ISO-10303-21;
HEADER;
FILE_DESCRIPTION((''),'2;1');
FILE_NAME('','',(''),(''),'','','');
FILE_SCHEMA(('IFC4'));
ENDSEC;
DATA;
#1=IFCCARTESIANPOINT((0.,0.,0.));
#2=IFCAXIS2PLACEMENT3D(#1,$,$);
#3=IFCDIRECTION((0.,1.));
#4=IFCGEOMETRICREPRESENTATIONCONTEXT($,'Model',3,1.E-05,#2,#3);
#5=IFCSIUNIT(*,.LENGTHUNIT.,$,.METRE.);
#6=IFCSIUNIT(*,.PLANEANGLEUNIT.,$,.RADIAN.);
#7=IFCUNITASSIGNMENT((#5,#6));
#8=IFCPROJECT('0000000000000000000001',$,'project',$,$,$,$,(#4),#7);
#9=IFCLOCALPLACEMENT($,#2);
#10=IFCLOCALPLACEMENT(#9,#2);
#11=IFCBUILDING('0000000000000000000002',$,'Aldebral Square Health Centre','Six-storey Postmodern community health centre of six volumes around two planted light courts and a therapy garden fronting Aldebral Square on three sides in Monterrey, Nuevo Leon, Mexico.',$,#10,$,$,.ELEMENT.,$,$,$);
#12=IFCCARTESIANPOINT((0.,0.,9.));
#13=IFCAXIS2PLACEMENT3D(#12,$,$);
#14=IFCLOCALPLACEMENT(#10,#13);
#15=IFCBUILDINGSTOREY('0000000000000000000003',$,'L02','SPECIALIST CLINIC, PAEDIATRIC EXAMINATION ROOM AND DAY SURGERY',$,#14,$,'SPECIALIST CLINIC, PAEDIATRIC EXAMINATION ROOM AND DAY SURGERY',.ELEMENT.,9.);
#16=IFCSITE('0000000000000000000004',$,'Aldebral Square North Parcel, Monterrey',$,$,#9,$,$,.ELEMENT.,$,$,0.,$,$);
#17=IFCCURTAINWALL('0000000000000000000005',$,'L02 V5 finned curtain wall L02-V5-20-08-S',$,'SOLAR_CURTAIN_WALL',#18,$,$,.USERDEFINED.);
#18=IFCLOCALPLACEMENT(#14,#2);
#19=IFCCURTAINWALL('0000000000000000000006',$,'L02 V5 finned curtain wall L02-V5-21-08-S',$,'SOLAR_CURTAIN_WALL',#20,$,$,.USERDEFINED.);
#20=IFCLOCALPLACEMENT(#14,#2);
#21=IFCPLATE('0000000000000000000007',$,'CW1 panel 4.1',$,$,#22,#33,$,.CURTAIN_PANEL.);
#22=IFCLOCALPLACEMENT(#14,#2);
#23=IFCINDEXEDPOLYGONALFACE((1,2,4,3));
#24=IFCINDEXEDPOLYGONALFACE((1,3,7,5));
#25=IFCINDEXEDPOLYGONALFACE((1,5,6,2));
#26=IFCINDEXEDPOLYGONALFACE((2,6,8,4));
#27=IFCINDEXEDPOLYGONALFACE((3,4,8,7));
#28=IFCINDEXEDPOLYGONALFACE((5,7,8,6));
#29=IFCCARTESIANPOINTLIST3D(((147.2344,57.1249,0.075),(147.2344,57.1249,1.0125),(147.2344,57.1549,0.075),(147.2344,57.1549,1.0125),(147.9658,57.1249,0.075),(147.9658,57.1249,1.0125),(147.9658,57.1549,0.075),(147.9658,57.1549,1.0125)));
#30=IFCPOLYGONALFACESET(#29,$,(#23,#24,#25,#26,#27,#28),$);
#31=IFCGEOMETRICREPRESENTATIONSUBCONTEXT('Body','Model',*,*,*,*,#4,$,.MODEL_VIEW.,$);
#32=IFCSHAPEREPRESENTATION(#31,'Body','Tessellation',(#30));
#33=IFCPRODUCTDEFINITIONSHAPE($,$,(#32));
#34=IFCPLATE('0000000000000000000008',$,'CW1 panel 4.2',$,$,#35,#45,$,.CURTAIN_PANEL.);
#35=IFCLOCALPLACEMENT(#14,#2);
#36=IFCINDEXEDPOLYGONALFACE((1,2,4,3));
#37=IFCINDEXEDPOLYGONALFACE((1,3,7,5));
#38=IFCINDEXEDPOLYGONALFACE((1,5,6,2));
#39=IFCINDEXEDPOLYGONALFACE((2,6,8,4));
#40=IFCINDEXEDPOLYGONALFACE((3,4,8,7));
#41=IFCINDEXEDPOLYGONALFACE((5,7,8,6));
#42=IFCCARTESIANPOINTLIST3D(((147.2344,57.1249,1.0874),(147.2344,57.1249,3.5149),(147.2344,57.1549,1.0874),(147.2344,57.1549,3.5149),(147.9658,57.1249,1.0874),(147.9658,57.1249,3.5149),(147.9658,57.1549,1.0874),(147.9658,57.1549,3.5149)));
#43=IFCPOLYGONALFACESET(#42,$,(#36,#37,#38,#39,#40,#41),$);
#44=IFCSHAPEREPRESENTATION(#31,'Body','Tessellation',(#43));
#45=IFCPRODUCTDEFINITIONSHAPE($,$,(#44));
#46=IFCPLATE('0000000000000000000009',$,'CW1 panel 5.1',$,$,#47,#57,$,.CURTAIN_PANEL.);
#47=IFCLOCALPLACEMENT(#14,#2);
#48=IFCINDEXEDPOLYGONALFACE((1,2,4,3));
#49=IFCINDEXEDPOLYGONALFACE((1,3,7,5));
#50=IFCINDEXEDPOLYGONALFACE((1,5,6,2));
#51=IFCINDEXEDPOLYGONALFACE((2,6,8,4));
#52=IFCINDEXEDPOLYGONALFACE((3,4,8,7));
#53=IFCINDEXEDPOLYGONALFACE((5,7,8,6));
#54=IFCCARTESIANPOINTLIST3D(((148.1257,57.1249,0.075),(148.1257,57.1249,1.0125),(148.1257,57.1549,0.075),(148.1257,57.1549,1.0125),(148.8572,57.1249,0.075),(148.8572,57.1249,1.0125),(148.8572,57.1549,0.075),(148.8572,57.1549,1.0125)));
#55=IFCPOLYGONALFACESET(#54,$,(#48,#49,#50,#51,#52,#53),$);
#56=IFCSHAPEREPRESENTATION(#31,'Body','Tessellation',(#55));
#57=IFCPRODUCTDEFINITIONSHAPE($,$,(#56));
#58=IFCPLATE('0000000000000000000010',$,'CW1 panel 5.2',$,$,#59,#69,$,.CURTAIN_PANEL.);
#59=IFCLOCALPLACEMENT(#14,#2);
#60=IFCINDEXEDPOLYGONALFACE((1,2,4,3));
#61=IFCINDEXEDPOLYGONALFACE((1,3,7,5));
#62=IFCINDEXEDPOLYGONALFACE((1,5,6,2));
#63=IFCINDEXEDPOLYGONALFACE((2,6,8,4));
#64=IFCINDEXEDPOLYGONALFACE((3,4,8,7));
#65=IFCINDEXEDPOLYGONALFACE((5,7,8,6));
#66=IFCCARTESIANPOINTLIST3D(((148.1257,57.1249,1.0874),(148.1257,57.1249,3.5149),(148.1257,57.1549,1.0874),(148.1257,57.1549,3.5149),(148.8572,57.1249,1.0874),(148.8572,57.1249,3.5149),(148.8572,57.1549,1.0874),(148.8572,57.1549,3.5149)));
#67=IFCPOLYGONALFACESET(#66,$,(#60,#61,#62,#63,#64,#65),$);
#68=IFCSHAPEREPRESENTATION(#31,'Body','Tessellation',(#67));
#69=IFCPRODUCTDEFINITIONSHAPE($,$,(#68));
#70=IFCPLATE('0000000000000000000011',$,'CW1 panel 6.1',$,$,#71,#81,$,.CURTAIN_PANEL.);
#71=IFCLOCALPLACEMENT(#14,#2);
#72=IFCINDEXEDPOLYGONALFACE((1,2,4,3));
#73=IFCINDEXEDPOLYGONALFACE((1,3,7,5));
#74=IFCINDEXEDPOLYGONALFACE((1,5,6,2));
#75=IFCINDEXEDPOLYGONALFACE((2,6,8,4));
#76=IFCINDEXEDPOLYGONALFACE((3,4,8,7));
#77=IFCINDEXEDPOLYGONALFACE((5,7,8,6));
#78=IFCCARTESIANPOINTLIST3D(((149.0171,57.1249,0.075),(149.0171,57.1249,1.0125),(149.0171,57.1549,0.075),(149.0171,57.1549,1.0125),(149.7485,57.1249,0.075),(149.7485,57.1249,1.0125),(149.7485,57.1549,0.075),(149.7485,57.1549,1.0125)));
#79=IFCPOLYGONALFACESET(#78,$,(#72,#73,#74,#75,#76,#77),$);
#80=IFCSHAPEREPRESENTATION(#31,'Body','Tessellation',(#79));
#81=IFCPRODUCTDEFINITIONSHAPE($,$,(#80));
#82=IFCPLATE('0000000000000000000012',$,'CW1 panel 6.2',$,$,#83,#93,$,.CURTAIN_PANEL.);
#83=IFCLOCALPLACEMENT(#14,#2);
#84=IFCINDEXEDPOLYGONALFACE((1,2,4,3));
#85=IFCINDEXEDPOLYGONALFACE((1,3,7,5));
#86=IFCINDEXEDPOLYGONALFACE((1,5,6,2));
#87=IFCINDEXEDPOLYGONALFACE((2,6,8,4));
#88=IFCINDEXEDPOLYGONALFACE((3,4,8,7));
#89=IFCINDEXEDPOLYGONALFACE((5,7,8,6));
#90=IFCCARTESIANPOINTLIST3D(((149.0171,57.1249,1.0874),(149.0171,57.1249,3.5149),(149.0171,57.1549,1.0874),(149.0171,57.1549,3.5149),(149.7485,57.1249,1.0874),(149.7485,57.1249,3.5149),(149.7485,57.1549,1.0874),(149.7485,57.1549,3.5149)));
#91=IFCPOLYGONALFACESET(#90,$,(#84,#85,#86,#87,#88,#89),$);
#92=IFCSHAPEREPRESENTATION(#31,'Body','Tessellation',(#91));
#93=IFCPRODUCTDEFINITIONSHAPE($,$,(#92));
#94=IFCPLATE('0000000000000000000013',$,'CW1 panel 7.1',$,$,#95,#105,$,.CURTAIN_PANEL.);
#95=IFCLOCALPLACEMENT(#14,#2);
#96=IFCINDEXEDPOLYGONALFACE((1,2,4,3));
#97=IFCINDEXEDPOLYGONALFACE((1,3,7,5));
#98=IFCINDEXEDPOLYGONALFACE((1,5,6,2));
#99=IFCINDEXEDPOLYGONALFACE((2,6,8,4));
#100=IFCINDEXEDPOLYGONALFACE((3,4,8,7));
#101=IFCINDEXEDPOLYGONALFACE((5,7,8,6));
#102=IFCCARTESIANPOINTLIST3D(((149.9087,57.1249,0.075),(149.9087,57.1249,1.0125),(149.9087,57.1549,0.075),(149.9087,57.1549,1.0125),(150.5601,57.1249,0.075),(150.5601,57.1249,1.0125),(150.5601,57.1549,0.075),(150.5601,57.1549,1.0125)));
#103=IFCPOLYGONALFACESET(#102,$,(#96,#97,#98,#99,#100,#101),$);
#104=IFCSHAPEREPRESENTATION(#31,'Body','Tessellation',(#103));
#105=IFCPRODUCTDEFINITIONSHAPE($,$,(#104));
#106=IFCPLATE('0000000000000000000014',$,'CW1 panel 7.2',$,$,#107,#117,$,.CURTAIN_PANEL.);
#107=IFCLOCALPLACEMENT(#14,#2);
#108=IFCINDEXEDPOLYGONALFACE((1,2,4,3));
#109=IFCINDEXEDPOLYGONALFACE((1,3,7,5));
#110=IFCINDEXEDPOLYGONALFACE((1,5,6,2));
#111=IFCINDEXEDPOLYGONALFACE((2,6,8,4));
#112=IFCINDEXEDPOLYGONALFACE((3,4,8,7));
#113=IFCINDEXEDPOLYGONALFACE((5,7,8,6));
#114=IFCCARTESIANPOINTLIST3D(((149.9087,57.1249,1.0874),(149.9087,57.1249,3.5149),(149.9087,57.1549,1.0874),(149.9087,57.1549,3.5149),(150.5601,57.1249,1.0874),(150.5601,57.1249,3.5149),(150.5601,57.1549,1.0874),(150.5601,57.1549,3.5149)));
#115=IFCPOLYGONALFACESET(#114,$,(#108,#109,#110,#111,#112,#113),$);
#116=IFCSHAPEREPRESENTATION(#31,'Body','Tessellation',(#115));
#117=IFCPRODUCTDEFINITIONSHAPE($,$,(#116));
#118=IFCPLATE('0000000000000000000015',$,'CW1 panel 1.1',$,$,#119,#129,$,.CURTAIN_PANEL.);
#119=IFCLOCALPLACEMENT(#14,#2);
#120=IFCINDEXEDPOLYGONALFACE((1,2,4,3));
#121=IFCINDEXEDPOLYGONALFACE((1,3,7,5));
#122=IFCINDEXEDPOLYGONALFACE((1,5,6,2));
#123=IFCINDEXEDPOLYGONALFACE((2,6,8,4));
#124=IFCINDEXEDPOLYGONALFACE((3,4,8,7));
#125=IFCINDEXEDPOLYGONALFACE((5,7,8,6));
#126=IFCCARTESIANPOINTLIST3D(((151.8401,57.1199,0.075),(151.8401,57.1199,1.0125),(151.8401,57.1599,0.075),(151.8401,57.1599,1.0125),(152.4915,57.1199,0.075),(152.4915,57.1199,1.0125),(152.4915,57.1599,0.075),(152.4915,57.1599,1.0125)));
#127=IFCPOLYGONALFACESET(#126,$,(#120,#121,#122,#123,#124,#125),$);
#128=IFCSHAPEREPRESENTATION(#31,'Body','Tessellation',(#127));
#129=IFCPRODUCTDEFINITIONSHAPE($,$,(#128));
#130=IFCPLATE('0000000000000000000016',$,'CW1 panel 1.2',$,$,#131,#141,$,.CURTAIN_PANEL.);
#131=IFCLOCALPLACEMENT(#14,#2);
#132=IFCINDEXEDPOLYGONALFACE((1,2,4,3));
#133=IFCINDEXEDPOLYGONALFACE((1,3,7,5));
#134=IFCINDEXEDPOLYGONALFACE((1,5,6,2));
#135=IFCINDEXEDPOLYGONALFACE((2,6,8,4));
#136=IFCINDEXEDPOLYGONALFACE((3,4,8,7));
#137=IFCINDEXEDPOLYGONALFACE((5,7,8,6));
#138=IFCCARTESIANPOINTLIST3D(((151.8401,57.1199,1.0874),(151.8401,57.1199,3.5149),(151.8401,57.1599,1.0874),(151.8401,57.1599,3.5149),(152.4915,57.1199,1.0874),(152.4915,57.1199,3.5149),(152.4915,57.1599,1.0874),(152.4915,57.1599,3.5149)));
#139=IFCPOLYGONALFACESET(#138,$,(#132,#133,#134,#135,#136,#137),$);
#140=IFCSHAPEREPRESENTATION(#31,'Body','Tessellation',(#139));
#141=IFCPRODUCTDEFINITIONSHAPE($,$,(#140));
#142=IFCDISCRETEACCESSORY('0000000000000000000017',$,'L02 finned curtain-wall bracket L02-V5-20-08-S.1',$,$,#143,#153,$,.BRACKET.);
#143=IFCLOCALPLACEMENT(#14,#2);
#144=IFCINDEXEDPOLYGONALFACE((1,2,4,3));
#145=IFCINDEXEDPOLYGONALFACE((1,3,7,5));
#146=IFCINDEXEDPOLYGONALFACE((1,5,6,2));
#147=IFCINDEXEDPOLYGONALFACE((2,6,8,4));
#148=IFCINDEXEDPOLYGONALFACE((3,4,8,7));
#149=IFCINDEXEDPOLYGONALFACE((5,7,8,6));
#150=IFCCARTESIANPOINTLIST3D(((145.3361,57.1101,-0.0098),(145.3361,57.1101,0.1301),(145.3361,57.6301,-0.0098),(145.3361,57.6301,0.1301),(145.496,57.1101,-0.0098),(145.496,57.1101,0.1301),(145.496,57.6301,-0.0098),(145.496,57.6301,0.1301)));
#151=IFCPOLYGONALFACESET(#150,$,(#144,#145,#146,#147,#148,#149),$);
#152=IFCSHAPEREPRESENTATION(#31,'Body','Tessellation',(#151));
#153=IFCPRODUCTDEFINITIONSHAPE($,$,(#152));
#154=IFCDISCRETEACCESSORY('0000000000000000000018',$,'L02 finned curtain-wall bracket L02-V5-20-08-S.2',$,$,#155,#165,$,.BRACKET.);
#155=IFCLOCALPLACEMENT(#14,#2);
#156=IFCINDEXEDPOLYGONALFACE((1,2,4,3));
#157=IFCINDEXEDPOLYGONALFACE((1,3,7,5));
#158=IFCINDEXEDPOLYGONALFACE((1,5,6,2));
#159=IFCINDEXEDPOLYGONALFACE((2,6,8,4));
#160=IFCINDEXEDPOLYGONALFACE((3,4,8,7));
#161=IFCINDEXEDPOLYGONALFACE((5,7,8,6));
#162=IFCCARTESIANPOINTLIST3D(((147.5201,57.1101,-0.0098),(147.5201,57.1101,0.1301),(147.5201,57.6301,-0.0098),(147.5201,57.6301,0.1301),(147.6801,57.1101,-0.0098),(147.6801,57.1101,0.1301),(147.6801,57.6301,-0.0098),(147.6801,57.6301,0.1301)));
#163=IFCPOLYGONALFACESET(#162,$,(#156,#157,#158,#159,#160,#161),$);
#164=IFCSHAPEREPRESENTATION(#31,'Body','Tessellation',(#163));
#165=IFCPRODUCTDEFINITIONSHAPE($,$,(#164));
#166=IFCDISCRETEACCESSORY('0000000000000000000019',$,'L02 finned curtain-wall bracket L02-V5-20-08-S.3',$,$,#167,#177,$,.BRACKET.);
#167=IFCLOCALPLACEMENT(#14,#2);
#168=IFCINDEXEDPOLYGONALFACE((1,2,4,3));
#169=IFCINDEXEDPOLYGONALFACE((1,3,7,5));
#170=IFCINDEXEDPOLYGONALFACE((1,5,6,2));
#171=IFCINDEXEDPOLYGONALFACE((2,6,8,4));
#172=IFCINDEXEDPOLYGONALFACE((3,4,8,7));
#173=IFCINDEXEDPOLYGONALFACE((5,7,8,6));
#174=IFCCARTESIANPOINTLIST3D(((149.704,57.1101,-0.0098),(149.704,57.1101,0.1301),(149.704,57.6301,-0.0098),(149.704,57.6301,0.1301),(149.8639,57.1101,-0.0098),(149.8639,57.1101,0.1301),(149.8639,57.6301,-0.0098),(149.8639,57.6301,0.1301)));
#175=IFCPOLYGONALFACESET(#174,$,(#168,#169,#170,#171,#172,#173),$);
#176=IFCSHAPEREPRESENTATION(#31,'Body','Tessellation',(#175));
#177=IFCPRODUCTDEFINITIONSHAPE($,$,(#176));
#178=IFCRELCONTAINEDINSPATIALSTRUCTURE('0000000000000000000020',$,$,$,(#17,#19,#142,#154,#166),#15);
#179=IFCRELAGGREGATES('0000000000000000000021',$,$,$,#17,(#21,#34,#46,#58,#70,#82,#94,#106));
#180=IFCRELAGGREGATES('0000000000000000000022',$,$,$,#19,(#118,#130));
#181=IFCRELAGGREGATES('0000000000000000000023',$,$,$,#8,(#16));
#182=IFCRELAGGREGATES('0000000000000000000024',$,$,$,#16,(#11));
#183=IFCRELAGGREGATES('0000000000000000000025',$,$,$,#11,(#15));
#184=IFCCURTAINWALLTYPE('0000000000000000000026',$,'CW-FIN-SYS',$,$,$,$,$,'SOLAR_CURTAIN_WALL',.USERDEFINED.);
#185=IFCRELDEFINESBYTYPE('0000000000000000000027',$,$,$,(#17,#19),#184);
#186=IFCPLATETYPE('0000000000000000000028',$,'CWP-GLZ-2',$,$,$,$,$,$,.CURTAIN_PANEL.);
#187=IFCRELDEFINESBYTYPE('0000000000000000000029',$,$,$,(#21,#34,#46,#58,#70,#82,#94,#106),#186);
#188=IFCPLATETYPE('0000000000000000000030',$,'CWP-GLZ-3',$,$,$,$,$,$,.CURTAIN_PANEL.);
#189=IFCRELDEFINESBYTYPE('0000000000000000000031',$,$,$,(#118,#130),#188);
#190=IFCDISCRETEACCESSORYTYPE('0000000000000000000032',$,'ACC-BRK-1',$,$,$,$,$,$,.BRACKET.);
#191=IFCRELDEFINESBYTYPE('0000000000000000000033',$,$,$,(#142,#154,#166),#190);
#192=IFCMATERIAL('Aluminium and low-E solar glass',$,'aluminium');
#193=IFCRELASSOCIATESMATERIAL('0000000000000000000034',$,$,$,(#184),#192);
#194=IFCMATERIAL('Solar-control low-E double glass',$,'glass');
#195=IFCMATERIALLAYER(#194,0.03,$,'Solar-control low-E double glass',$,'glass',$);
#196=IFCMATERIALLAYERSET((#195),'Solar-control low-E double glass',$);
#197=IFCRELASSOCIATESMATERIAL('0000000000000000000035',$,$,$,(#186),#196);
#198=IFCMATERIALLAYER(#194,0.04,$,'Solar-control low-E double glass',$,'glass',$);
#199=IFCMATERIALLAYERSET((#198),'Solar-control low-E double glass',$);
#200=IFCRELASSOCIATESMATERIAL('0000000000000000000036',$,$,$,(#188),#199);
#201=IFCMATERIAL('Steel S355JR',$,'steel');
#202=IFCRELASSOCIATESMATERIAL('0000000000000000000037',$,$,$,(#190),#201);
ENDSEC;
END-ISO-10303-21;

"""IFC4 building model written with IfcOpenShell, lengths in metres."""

from ifc_helpers import new_model, si_unit, direction, frame, origin, origin_2d, place, context, subcontext, project, spatial, rectangle, extrude, material, layer, layer_set, type_object, element, aggregate, save


model = new_model("IFC4")

# Units and contexts
model_context = context("Model", 3, precision=1e-05, world=origin(), true_north=direction((0.0, 1.0)))
body_context = subcontext(model_context, "Body", "Model", "MODEL_VIEW")
ifc_project = project(units=[si_unit("LENGTHUNIT", "METRE"), si_unit("PLANEANGLEUNIT", "RADIAN")], contexts=[model_context])

# Site, building, storey
site_placement = place(None, origin())
site = spatial("IfcSite", under=ifc_project, at=site_placement, Name="Aldebral Square North Parcel, Monterrey", CompositionType="ELEMENT", RefElevation=0.0)
building_placement = place(site_placement, origin())
building = spatial("IfcBuilding", under=site, at=building_placement, Name="Aldebral Square Health Centre", Description="Six-storey Postmodern community health centre of six volumes around two planted light courts and a therapy garden fronting Aldebral Square on three sides in Monterrey, Nuevo Leon, Mexico.", CompositionType="ELEMENT")
storey_placement = place(building_placement, frame((0.0, 0.0, 9.0)))
storey = spatial("IfcBuildingStorey", under=building, at=storey_placement, Name="L02", Description="SPECIALIST CLINIC, PAEDIATRIC EXAMINATION ROOM AND DAY SURGERY", LongName="SPECIALIST CLINIC, PAEDIATRIC EXAMINATION ROOM AND DAY SURGERY", CompositionType="ELEMENT", Elevation=9.0)

# Curtain walls
ifc_material_1 = material(Name="Aluminium and low-E solar glass", Category="aluminium")
curtain_wall_type = type_object("IfcCurtainWallType", Name="CW-FIN-SYS", ElementType="SOLAR_CURTAIN_WALL", PredefinedType="USERDEFINED", material=ifc_material_1)
curtain_wall_1_placement = place(storey_placement, origin())
curtain_wall_1 = element("IfcCurtainWall", 1, at=curtain_wall_1_placement, inside=storey, type_object=curtain_wall_type, Name="L02 V5 finned curtain wall L02-V5-20-08-S", ObjectType="SOLAR_CURTAIN_WALL", PredefinedType="USERDEFINED")
curtain_wall_2_placement = place(storey_placement, origin())
curtain_wall_2 = element("IfcCurtainWall", 2, at=curtain_wall_2_placement, inside=storey, type_object=curtain_wall_type, Name="L02 V5 finned curtain wall L02-V5-21-08-S", ObjectType="SOLAR_CURTAIN_WALL", PredefinedType="USERDEFINED")

# Plates
ifc_material_2 = material(Name="Solar-control low-E double glass", Category="glass")
ifc_layer_1 = layer(ifc_material_2, 0.03, Name="Solar-control low-E double glass", Category="glass")
ifc_layer_set_1 = layer_set([ifc_layer_1], Name="Solar-control low-E double glass")
plate_type_1 = type_object("IfcPlateType", Name="CWP-GLZ-2", PredefinedType="CURTAIN_PANEL", material=ifc_layer_set_1)
plate_1_placement = place(storey_placement, frame((147.6001, 57.1399, 0.075), z_axis=(0.0, 0.0, 1.0), x_axis=(1.0, 0.0, 0.0)))
plate_1 = element("IfcPlate", 3, at=plate_1_placement, type_object=plate_type_1, Name="CW1 panel 4.1", PredefinedType="CURTAIN_PANEL", context=body_context, shape_type="SweptSolid", body=[
    extrude(rectangle(XDim=0.7314, YDim=0.03, at=origin_2d()), origin(), (0.0, 0.0, 1.0), 0.9375),
])
plate_2_placement = place(storey_placement, frame((147.6001, 57.1399, 1.0874), z_axis=(0.0, 0.0, 1.0), x_axis=(1.0, 0.0, 0.0)))
plate_2 = element("IfcPlate", 4, at=plate_2_placement, type_object=plate_type_1, Name="CW1 panel 4.2", PredefinedType="CURTAIN_PANEL", context=body_context, shape_type="SweptSolid", body=[
    extrude(rectangle(XDim=0.7314, YDim=0.03, at=origin_2d()), origin(), (0.0, 0.0, 1.0), 2.4275),
])
plate_3_placement = place(storey_placement, frame((148.4915, 57.1399, 0.075), z_axis=(0.0, 0.0, 1.0), x_axis=(1.0, 0.0, 0.0)))
plate_3 = element("IfcPlate", 5, at=plate_3_placement, type_object=plate_type_1, Name="CW1 panel 5.1", PredefinedType="CURTAIN_PANEL", context=body_context, shape_type="SweptSolid", body=[
    extrude(rectangle(XDim=0.7314, YDim=0.03, at=origin_2d()), origin(), (0.0, 0.0, 1.0), 0.9375),
])
plate_4_placement = place(storey_placement, frame((148.4915, 57.1399, 1.0874), z_axis=(0.0, 0.0, 1.0), x_axis=(1.0, 0.0, 0.0)))
plate_4 = element("IfcPlate", 6, at=plate_4_placement, type_object=plate_type_1, Name="CW1 panel 5.2", PredefinedType="CURTAIN_PANEL", context=body_context, shape_type="SweptSolid", body=[
    extrude(rectangle(XDim=0.7314, YDim=0.03, at=origin_2d()), origin(), (0.0, 0.0, 1.0), 2.4275),
])
plate_5_placement = place(storey_placement, frame((149.3828, 57.1399, 0.075), z_axis=(0.0, 0.0, 1.0), x_axis=(1.0, 0.0, 0.0)))
plate_5 = element("IfcPlate", 7, at=plate_5_placement, type_object=plate_type_1, Name="CW1 panel 6.1", PredefinedType="CURTAIN_PANEL", context=body_context, shape_type="SweptSolid", body=[
    extrude(rectangle(XDim=0.7314, YDim=0.03, at=origin_2d()), origin(), (0.0, 0.0, 1.0), 0.9375),
])
plate_6_placement = place(storey_placement, frame((149.3828, 57.1399, 1.0874), z_axis=(0.0, 0.0, 1.0), x_axis=(1.0, 0.0, 0.0)))
plate_6 = element("IfcPlate", 8, at=plate_6_placement, type_object=plate_type_1, Name="CW1 panel 6.2", PredefinedType="CURTAIN_PANEL", context=body_context, shape_type="SweptSolid", body=[
    extrude(rectangle(XDim=0.7314, YDim=0.03, at=origin_2d()), origin(), (0.0, 0.0, 1.0), 2.4275),
])
plate_7_placement = place(storey_placement, frame((150.2344, 57.1399, 0.075), z_axis=(0.0, 0.0, 1.0), x_axis=(1.0, 0.0, 0.0)))
plate_7 = element("IfcPlate", 9, at=plate_7_placement, type_object=plate_type_1, Name="CW1 panel 7.1", PredefinedType="CURTAIN_PANEL", context=body_context, shape_type="SweptSolid", body=[
    extrude(rectangle(XDim=0.6514, YDim=0.03, at=origin_2d()), origin(), (0.0, 0.0, 1.0), 0.9375),
])
plate_8_placement = place(storey_placement, frame((150.2344, 57.1399, 1.0874), z_axis=(0.0, 0.0, 1.0), x_axis=(1.0, 0.0, 0.0)))
plate_8 = element("IfcPlate", 10, at=plate_8_placement, type_object=plate_type_1, Name="CW1 panel 7.2", PredefinedType="CURTAIN_PANEL", context=body_context, shape_type="SweptSolid", body=[
    extrude(rectangle(XDim=0.6514, YDim=0.03, at=origin_2d()), origin(), (0.0, 0.0, 1.0), 2.4275),
])
aggregate(curtain_wall_1, [plate_1, plate_2, plate_3, plate_4, plate_5, plate_6, plate_7, plate_8])
ifc_layer_2 = layer(ifc_material_2, 0.04, Name="Solar-control low-E double glass", Category="glass")
ifc_layer_set_2 = layer_set([ifc_layer_2], Name="Solar-control low-E double glass")
plate_type_2 = type_object("IfcPlateType", Name="CWP-GLZ-3", PredefinedType="CURTAIN_PANEL", material=ifc_layer_set_2)
plate_9_placement = place(storey_placement, frame((152.1658, 57.1399, 0.075), z_axis=(0.0, 0.0, 1.0), x_axis=(1.0, 0.0, 0.0)))
plate_9 = element("IfcPlate", 11, at=plate_9_placement, type_object=plate_type_2, Name="CW1 panel 1.1", PredefinedType="CURTAIN_PANEL", context=body_context, shape_type="SweptSolid", body=[
    extrude(rectangle(XDim=0.6514, YDim=0.04, at=origin_2d()), origin(), (0.0, 0.0, 1.0), 0.9375),
])
plate_10_placement = place(storey_placement, frame((152.1658, 57.1399, 1.0874), z_axis=(0.0, 0.0, 1.0), x_axis=(1.0, 0.0, 0.0)))
plate_10 = element("IfcPlate", 12, at=plate_10_placement, type_object=plate_type_2, Name="CW1 panel 1.2", PredefinedType="CURTAIN_PANEL", context=body_context, shape_type="SweptSolid", body=[
    extrude(rectangle(XDim=0.6514, YDim=0.04, at=origin_2d()), origin(), (0.0, 0.0, 1.0), 2.4275),
])
aggregate(curtain_wall_2, [plate_9, plate_10])

# Discrete accessories
ifc_material_3 = material(Name="Steel S355JR", Category="steel")
discrete_accessory_type = type_object("IfcDiscreteAccessoryType", Name="ACC-BRK-1", PredefinedType="BRACKET", material=ifc_material_3)
for number, where, z_axis, x_axis, name in (
    (13, (145.416, 57.3701, -0.0098), (0.0, 0.0, 1.0), (1.0, 0.0, 0.0), "L02 finned curtain-wall bracket L02-V5-20-08-S.1"),
    (14, (147.6001, 57.3701, -0.0098), (0.0, 0.0, 1.0), (1.0, 0.0, 0.0), "L02 finned curtain-wall bracket L02-V5-20-08-S.2"),
    (15, (149.7839, 57.3701, -0.0098), (0.0, 0.0, 1.0), (1.0, 0.0, 0.0), "L02 finned curtain-wall bracket L02-V5-20-08-S.3"),
):
    element("IfcDiscreteAccessory", number, at=place(storey_placement, frame(where, z_axis=z_axis, x_axis=x_axis)), inside=storey, type_object=discrete_accessory_type, Name=name, PredefinedType="BRACKET", context=body_context, shape_type="SweptSolid", body=[
        extrude(rectangle(XDim=0.1599, YDim=0.52, at=origin_2d()), origin(), (0.0, 0.0, 1.0), 0.1399),
    ])

save(model, "model.ifc")
